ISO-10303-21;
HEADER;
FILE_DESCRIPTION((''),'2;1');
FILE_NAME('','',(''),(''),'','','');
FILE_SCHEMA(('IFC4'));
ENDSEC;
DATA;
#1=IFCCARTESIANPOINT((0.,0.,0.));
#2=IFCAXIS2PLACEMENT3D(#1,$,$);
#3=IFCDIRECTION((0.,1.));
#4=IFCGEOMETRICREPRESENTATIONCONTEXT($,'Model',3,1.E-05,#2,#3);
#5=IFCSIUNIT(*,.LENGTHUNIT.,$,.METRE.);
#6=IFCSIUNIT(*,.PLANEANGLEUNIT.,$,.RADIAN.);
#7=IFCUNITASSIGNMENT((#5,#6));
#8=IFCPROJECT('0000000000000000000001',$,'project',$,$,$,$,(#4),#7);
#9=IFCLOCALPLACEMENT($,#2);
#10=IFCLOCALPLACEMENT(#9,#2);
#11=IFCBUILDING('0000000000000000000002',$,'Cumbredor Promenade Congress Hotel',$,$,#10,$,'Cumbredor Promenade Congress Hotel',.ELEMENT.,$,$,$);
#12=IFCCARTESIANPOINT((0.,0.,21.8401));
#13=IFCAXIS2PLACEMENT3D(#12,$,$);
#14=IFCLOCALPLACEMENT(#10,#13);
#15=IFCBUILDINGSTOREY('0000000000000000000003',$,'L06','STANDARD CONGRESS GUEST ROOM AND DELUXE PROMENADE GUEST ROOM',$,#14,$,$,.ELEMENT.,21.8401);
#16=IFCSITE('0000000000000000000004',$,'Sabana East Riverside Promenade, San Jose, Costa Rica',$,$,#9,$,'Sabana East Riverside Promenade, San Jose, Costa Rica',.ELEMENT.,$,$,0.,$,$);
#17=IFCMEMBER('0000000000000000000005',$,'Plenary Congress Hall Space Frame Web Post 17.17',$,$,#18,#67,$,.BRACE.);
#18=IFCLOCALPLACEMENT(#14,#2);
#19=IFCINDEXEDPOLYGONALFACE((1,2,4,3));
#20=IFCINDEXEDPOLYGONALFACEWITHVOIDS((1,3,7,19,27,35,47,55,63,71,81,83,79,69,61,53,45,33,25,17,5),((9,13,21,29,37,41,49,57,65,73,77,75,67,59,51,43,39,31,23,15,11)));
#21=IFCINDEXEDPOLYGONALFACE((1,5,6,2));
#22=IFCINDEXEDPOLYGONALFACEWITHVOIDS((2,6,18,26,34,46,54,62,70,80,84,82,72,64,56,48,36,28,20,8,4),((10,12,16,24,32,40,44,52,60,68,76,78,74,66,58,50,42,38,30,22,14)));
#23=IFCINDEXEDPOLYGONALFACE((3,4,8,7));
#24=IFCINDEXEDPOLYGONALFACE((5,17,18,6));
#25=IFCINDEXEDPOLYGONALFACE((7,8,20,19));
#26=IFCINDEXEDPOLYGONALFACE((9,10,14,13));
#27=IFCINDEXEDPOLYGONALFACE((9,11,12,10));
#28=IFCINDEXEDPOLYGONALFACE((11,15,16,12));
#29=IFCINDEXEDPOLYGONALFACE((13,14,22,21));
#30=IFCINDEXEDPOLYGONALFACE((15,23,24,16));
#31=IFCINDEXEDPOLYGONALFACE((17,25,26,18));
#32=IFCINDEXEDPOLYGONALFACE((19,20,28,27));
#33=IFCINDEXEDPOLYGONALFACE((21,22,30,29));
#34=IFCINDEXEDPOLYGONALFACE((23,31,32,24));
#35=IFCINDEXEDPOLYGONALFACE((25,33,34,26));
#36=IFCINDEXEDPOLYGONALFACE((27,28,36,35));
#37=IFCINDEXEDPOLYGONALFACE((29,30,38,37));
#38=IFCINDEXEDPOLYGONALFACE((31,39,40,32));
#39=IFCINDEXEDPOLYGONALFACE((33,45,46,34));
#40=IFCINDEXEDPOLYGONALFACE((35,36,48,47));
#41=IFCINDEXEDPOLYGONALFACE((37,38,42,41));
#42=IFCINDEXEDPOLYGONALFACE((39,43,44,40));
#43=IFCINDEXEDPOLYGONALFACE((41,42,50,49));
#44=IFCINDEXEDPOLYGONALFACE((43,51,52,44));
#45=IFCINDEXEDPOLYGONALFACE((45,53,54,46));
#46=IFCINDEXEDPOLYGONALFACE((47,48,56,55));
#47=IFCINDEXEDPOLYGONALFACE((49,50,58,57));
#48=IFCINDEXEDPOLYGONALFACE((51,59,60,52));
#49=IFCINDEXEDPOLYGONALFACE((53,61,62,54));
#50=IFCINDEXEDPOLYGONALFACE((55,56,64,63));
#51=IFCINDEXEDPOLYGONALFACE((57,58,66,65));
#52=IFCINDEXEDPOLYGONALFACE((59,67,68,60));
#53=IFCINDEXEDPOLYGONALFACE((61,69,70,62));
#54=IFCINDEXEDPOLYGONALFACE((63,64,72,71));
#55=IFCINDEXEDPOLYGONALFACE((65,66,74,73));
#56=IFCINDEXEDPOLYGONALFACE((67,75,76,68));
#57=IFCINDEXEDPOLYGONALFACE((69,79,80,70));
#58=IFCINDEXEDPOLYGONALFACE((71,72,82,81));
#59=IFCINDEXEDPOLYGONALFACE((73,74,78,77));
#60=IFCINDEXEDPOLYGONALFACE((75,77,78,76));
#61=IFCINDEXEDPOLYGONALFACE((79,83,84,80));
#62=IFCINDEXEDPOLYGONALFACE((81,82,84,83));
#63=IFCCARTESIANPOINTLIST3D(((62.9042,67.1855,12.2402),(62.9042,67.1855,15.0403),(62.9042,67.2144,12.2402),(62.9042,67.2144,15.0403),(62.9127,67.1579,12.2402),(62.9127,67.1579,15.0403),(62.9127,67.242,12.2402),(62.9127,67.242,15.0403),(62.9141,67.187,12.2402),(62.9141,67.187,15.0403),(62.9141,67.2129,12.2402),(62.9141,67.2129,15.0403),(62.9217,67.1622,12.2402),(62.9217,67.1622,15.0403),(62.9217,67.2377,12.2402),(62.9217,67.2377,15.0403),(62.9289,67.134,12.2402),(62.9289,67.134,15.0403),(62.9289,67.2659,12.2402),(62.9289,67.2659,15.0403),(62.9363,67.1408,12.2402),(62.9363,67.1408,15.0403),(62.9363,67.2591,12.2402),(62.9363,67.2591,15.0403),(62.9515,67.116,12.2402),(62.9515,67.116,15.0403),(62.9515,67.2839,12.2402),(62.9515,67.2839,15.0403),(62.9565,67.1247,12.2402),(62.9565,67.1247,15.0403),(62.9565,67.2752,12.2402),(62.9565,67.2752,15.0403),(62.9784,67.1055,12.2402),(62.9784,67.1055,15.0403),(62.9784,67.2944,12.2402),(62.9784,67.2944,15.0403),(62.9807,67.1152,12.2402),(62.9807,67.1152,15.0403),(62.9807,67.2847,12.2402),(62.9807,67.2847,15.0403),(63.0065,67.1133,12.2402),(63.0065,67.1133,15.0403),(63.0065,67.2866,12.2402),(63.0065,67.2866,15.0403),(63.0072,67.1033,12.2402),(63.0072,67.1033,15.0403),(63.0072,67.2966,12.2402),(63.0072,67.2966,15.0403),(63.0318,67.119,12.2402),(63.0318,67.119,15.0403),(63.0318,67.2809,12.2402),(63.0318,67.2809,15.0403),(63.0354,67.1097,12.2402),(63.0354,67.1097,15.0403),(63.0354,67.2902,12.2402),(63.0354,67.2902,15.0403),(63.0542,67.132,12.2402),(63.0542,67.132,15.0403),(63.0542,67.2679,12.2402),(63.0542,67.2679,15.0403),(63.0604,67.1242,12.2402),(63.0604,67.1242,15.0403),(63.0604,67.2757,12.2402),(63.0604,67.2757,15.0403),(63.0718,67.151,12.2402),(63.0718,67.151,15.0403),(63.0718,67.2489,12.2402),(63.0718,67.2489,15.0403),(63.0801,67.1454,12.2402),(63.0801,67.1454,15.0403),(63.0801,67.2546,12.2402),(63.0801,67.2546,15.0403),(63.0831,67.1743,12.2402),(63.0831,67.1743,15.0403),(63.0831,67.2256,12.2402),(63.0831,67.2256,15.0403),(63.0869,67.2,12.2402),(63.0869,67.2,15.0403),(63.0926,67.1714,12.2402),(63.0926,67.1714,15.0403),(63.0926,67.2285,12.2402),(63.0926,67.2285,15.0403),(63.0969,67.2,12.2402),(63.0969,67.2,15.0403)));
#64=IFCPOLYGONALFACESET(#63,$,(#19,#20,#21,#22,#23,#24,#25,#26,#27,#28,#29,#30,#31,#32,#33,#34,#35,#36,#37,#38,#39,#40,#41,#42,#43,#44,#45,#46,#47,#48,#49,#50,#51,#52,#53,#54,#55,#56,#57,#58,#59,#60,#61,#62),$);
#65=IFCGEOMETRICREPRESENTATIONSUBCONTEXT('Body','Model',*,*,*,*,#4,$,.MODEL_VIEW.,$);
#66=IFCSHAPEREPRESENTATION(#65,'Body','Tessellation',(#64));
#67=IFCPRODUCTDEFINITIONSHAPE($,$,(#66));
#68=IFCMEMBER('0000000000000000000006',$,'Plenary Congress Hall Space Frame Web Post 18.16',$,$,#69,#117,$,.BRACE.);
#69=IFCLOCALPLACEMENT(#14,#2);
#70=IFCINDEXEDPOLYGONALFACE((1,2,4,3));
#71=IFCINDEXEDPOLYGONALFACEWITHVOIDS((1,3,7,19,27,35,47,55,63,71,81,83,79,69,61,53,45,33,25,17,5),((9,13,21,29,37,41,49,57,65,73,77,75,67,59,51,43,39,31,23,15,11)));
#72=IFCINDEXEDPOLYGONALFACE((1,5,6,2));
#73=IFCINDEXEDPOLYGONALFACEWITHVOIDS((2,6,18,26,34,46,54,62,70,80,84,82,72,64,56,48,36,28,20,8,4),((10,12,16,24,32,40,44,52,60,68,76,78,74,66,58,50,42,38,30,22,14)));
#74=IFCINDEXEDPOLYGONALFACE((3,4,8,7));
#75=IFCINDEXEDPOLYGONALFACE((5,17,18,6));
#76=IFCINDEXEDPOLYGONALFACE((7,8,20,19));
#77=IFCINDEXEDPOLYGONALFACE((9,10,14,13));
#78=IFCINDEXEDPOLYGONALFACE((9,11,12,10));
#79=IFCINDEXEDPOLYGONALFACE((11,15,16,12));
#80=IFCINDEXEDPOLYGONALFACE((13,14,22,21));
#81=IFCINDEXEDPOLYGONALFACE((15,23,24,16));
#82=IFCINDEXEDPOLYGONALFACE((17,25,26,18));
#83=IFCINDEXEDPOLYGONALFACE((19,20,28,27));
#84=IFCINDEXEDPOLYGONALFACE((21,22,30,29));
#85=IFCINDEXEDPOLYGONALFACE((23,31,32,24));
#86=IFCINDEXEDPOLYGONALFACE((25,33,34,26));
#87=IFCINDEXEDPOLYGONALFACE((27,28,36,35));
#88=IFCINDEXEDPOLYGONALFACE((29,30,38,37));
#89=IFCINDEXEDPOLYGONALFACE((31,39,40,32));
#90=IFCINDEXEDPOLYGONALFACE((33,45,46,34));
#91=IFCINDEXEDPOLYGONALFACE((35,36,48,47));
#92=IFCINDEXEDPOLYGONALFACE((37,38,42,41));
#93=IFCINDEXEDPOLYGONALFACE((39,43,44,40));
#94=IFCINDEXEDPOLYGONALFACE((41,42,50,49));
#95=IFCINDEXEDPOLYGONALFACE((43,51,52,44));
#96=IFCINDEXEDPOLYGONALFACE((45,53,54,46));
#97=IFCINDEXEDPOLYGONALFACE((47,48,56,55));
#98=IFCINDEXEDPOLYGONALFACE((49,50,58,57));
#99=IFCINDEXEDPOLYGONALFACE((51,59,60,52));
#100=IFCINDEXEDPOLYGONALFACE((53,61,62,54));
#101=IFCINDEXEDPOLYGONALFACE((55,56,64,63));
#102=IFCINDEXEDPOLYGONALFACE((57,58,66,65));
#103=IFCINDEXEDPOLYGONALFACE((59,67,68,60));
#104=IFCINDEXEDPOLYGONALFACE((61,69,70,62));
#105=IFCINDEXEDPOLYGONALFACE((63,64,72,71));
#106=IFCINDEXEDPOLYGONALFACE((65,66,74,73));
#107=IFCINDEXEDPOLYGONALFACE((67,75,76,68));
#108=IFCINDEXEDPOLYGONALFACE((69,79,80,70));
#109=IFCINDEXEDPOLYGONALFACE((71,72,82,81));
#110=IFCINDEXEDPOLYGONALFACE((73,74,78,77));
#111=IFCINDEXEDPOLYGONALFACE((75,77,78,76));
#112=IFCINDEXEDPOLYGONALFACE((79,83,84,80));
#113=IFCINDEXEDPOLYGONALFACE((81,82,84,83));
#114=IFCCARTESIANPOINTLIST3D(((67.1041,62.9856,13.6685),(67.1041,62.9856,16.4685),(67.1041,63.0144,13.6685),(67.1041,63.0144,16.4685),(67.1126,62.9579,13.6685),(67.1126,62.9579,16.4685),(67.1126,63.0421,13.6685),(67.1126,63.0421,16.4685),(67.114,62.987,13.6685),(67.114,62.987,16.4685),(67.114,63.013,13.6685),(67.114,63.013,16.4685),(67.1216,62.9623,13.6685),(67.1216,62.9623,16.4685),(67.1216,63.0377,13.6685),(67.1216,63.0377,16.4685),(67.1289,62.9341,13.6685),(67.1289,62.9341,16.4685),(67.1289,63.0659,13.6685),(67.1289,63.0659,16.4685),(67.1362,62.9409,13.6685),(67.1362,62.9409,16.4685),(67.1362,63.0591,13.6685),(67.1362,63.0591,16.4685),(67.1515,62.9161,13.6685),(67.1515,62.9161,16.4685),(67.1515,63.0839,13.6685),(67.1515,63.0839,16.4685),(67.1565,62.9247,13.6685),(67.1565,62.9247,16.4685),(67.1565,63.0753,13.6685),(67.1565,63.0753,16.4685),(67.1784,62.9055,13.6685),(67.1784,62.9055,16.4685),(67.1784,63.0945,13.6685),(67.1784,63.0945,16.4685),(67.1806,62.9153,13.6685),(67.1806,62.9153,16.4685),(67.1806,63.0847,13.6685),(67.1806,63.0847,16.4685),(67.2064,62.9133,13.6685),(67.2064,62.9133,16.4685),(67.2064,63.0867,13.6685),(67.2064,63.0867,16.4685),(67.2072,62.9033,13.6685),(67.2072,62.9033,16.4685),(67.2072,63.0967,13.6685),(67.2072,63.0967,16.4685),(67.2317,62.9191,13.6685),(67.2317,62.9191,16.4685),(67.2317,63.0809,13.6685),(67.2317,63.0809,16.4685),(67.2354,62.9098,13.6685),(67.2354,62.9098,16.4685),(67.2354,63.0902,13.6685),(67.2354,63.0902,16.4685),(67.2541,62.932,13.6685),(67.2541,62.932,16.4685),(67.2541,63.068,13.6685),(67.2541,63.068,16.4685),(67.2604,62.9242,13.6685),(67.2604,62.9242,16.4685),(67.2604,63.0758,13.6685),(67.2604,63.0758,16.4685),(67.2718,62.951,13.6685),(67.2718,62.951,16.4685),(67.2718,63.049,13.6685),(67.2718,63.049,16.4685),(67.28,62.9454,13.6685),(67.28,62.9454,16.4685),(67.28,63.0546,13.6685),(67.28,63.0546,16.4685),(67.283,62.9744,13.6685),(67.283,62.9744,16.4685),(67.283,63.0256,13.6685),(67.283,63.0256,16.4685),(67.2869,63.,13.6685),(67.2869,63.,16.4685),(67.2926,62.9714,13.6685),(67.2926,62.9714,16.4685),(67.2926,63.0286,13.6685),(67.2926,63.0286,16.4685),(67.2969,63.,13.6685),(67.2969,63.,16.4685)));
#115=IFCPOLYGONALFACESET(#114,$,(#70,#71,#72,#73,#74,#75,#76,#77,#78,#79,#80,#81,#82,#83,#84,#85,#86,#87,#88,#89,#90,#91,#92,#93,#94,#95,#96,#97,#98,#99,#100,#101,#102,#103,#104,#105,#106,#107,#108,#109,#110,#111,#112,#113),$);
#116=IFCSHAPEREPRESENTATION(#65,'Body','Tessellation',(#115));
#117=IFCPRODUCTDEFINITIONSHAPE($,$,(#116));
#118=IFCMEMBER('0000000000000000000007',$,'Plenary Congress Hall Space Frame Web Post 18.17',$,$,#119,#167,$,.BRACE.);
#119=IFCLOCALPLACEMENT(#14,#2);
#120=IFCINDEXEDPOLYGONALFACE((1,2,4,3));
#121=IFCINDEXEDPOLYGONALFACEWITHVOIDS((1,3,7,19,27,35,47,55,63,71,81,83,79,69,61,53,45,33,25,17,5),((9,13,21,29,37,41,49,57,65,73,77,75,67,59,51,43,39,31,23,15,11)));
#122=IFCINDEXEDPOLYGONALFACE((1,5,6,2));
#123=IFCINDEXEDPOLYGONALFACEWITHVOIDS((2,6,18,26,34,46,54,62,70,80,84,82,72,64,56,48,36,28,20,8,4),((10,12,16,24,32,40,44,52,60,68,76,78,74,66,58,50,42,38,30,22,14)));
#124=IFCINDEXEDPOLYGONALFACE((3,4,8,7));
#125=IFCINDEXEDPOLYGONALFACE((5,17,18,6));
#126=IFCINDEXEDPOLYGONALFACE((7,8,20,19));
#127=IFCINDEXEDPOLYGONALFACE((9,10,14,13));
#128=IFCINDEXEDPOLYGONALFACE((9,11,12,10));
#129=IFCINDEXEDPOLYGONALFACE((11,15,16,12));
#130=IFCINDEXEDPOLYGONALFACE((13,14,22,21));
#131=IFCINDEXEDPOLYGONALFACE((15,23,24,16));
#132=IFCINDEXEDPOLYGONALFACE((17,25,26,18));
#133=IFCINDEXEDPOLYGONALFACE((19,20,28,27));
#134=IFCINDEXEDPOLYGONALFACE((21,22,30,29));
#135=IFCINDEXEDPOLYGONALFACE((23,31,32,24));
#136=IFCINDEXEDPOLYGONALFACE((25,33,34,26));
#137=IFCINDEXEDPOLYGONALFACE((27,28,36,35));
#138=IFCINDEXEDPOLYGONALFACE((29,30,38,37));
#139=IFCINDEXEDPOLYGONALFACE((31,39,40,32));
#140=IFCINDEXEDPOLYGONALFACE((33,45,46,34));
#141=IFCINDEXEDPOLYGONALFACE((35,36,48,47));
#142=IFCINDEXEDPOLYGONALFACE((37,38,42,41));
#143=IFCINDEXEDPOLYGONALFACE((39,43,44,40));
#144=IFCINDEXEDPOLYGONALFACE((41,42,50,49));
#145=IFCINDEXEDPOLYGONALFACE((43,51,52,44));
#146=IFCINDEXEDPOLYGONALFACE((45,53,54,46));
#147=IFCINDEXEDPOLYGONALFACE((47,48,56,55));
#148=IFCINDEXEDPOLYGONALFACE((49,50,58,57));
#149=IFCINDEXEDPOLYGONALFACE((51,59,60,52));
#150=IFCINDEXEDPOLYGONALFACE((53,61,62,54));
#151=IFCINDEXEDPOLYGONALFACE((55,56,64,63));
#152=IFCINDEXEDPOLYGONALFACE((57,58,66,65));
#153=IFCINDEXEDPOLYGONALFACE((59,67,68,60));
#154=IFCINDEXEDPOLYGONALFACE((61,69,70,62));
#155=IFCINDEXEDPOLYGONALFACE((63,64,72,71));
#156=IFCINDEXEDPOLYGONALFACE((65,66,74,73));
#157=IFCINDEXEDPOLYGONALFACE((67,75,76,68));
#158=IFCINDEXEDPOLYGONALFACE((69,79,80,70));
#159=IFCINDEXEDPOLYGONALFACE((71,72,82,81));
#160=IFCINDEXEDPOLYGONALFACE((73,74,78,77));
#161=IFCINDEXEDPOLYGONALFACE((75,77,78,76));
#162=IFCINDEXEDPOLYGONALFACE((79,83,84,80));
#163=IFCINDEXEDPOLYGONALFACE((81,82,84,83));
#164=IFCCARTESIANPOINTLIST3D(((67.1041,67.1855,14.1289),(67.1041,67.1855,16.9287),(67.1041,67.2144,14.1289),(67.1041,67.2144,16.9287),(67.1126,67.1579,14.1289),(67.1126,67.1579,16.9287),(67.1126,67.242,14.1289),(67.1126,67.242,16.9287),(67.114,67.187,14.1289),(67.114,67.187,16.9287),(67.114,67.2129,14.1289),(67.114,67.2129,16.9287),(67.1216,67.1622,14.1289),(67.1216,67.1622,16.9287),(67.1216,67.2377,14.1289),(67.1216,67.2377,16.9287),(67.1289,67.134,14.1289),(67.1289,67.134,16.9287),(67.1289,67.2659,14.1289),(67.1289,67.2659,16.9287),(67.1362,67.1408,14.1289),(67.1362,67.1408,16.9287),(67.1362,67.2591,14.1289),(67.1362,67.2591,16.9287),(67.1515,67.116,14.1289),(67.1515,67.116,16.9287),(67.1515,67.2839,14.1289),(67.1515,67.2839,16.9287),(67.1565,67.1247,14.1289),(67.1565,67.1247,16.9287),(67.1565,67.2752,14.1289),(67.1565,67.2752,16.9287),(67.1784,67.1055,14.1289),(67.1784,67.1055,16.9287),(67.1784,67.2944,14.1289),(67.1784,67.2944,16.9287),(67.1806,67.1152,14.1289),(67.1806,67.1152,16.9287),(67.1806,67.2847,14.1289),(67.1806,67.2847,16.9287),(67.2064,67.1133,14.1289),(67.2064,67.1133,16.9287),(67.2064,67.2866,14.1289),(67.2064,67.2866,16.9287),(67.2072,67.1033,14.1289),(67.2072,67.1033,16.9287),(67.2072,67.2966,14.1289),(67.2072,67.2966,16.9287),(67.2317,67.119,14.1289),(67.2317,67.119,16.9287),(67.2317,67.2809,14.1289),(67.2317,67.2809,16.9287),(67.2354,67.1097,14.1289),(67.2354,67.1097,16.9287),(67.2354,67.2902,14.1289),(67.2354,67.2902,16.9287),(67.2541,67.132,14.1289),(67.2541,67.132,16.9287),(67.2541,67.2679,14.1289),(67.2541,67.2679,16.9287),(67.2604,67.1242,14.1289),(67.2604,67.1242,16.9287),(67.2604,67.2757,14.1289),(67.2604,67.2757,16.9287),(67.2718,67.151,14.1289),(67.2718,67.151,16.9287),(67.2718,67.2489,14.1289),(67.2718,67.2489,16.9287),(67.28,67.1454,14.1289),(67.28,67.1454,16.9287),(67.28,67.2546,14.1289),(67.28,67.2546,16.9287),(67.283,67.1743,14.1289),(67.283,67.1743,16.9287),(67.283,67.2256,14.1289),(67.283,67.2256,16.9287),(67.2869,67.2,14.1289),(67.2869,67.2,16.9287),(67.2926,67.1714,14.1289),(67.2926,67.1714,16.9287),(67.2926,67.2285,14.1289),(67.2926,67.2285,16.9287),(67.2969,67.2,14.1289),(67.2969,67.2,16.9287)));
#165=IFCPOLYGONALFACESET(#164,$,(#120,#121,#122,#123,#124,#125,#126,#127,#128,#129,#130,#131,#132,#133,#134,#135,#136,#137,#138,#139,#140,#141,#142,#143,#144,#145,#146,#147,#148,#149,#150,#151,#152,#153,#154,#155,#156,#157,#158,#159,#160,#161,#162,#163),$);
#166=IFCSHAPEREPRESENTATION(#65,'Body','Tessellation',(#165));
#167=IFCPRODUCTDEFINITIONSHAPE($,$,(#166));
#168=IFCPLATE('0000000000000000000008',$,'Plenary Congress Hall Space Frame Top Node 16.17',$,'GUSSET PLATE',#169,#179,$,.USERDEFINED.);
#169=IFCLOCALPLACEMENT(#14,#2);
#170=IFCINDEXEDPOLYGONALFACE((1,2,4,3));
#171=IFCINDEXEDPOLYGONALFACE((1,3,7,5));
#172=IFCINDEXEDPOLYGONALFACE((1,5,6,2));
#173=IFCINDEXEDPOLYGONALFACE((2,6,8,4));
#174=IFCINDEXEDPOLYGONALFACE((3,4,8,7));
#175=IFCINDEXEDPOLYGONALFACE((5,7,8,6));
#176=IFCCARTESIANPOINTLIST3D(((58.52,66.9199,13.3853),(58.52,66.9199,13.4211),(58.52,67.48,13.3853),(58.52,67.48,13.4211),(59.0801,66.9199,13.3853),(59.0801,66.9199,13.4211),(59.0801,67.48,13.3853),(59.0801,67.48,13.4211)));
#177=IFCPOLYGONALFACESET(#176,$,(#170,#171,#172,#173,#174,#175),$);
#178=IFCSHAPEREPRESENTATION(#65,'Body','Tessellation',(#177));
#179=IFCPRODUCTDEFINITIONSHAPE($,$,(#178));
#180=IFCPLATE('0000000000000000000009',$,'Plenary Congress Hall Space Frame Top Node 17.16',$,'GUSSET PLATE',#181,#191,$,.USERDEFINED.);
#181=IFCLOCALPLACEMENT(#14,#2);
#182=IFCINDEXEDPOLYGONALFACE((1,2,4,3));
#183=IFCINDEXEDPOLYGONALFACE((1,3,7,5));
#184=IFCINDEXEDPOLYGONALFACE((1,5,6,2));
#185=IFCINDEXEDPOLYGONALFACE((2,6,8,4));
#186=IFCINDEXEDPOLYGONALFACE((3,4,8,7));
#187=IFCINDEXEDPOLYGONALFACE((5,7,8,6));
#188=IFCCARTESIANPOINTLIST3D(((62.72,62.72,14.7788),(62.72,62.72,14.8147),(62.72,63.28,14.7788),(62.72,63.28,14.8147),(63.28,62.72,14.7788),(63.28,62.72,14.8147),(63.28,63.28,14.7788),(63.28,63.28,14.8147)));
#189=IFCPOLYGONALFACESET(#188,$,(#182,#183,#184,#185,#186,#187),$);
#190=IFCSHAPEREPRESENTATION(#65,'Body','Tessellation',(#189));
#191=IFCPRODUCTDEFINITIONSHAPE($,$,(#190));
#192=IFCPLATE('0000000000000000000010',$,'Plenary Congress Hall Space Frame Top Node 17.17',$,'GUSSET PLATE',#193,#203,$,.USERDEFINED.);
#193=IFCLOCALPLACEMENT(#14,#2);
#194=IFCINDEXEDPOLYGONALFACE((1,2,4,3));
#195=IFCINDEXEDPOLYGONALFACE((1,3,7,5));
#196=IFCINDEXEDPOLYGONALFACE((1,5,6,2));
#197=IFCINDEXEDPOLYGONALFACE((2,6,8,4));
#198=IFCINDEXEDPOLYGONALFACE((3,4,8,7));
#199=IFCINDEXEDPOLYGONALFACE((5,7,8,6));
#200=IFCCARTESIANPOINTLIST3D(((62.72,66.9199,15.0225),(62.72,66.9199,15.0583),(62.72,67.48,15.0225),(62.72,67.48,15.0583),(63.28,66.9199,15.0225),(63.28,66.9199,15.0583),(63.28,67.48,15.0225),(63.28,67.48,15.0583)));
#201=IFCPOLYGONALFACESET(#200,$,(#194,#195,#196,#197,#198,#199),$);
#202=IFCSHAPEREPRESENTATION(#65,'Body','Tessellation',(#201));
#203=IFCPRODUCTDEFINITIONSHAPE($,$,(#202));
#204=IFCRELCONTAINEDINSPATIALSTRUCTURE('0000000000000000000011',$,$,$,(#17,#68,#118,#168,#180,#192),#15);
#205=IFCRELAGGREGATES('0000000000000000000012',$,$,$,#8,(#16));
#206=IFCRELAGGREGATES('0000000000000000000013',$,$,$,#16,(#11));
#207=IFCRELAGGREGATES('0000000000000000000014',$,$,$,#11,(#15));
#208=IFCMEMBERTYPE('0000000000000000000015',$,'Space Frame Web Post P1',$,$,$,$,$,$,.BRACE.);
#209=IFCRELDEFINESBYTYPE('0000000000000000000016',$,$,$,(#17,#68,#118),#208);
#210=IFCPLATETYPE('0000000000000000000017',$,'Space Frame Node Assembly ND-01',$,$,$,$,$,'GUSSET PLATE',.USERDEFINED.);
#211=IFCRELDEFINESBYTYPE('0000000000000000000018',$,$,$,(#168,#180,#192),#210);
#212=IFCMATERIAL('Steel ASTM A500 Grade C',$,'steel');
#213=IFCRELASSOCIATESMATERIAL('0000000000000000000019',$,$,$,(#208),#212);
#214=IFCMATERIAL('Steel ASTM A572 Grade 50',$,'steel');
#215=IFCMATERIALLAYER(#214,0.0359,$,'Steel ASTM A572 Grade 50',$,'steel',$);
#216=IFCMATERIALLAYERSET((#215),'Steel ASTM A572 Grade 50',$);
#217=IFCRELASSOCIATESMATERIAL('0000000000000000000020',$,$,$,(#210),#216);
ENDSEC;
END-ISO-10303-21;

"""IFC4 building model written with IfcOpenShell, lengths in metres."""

from ifc_helpers import new_model, si_unit, direction, frame, origin, origin_2d, place, context, subcontext, project, spatial, rectangle, hollow_circle, extrude, material, layer, layer_set, material_profile, profile_set, type_object, element, save


model = new_model("IFC4")

# Units and contexts
model_context = context("Model", 3, precision=1e-05, world=origin(), true_north=direction((0.0, 1.0)))
body_context = subcontext(model_context, "Body", "Model", "MODEL_VIEW")
ifc_project = project(units=[si_unit("LENGTHUNIT", "METRE"), si_unit("PLANEANGLEUNIT", "RADIAN")], contexts=[model_context])

# Site, building, storey
site_placement = place(None, origin())
site = spatial("IfcSite", under=ifc_project, at=site_placement, Name="Sabana East Riverside Promenade, San Jose, Costa Rica", LongName="Sabana East Riverside Promenade, San Jose, Costa Rica", CompositionType="ELEMENT", RefElevation=0.0)
building_placement = place(site_placement, origin())
building = spatial("IfcBuilding", under=site, at=building_placement, Name="Cumbredor Promenade Congress Hotel", LongName="Cumbredor Promenade Congress Hotel", CompositionType="ELEMENT")
storey_placement = place(building_placement, frame((0.0, 0.0, 21.8401)))
storey = spatial("IfcBuildingStorey", under=building, at=storey_placement, Name="L06", Description="STANDARD CONGRESS GUEST ROOM AND DELUXE PROMENADE GUEST ROOM", CompositionType="ELEMENT", Elevation=21.8401)

# Members
ifc_material_1 = material(Name="Steel ASTM A500 Grade C", Category="steel")
ifc_material_profile_1 = material_profile(ifc_material_1, hollow_circle(Radius=0.0969, WallThickness=0.01, at=origin_2d()), Name="CHS 193.7x10")
ifc_profile_set_1 = profile_set([ifc_material_profile_1], Name="Steel ASTM A500 Grade C")
member_type_1 = type_object("IfcMemberType", Name="Space Frame Web Post P1", PredefinedType="BRACE", material=ifc_profile_set_1)
for number, where, z_axis, x_axis, name in (
    (1, (63.0, 67.2, 12.2402), (0.0, 0.0, 1.0), (1.0, 0.0, 0.0), "Plenary Congress Hall Space Frame Web Post 17.17"),
    (2, (67.2, 63.0, 13.6685), (0.0, 0.0, 1.0), (1.0, 0.0, 0.0), "Plenary Congress Hall Space Frame Web Post 18.16"),
):
    element("IfcMember", number, at=place(storey_placement, frame(where, z_axis=z_axis, x_axis=x_axis)), inside=storey, type_object=member_type_1, Name=name, PredefinedType="BRACE", context=body_context, shape_type="SweptSolid", body=[
        extrude(hollow_circle(Radius=0.0969, WallThickness=0.01, at=origin_2d()), origin(), (0.0, 0.0, 1.0), 2.8),
    ])
member_1_placement = place(storey_placement, frame((67.2, 67.2, 14.1289), z_axis=(0.0, 0.0, 1.0), x_axis=(1.0, 0.0, 0.0)))
element("IfcMember", 3, at=member_1_placement, inside=storey, type_object=member_type_1, Name="Plenary Congress Hall Space Frame Web Post 18.17", PredefinedType="BRACE", context=body_context, shape_type="SweptSolid", body=[
    extrude(hollow_circle(Radius=0.0969, WallThickness=0.01, at=origin_2d()), origin(), (0.0, 0.0, 1.0), 2.7998),
])

# Plates
ifc_material_2 = material(Name="Steel ASTM A572 Grade 50", Category="steel")
ifc_layer = layer(ifc_material_2, 0.0359, Name="Steel ASTM A572 Grade 50", Category="steel")
ifc_layer_set = layer_set([ifc_layer], Name="Steel ASTM A572 Grade 50")
plate_type = type_object("IfcPlateType", Name="Space Frame Node Assembly ND-01", ElementType="GUSSET PLATE", PredefinedType="USERDEFINED", material=ifc_layer_set)
for number, where, z_axis, x_axis, name in (
    (4, (58.8, 67.2, 13.3853), (0.0, 0.0, 1.0), (1.0, 0.0, 0.0), "Plenary Congress Hall Space Frame Top Node 16.17"),
    (5, (63.0, 63.0, 14.7788), (0.0, 0.0, 1.0), (1.0, 0.0, 0.0), "Plenary Congress Hall Space Frame Top Node 17.16"),
    (6, (63.0, 67.2, 15.0225), (0.0, 0.0, 1.0), (1.0, 0.0, 0.0), "Plenary Congress Hall Space Frame Top Node 17.17"),
):
    element("IfcPlate", number, at=place(storey_placement, frame(where, z_axis=z_axis, x_axis=x_axis)), inside=storey, type_object=plate_type, Name=name, ObjectType="GUSSET PLATE", PredefinedType="USERDEFINED", context=body_context, shape_type="SweptSolid", body=[
        extrude(rectangle(XDim=0.5601, YDim=0.5601, at=origin_2d()), origin(), (0.0, 0.0, 1.0), 0.0359),
    ])

save(model, "model.ifc")
